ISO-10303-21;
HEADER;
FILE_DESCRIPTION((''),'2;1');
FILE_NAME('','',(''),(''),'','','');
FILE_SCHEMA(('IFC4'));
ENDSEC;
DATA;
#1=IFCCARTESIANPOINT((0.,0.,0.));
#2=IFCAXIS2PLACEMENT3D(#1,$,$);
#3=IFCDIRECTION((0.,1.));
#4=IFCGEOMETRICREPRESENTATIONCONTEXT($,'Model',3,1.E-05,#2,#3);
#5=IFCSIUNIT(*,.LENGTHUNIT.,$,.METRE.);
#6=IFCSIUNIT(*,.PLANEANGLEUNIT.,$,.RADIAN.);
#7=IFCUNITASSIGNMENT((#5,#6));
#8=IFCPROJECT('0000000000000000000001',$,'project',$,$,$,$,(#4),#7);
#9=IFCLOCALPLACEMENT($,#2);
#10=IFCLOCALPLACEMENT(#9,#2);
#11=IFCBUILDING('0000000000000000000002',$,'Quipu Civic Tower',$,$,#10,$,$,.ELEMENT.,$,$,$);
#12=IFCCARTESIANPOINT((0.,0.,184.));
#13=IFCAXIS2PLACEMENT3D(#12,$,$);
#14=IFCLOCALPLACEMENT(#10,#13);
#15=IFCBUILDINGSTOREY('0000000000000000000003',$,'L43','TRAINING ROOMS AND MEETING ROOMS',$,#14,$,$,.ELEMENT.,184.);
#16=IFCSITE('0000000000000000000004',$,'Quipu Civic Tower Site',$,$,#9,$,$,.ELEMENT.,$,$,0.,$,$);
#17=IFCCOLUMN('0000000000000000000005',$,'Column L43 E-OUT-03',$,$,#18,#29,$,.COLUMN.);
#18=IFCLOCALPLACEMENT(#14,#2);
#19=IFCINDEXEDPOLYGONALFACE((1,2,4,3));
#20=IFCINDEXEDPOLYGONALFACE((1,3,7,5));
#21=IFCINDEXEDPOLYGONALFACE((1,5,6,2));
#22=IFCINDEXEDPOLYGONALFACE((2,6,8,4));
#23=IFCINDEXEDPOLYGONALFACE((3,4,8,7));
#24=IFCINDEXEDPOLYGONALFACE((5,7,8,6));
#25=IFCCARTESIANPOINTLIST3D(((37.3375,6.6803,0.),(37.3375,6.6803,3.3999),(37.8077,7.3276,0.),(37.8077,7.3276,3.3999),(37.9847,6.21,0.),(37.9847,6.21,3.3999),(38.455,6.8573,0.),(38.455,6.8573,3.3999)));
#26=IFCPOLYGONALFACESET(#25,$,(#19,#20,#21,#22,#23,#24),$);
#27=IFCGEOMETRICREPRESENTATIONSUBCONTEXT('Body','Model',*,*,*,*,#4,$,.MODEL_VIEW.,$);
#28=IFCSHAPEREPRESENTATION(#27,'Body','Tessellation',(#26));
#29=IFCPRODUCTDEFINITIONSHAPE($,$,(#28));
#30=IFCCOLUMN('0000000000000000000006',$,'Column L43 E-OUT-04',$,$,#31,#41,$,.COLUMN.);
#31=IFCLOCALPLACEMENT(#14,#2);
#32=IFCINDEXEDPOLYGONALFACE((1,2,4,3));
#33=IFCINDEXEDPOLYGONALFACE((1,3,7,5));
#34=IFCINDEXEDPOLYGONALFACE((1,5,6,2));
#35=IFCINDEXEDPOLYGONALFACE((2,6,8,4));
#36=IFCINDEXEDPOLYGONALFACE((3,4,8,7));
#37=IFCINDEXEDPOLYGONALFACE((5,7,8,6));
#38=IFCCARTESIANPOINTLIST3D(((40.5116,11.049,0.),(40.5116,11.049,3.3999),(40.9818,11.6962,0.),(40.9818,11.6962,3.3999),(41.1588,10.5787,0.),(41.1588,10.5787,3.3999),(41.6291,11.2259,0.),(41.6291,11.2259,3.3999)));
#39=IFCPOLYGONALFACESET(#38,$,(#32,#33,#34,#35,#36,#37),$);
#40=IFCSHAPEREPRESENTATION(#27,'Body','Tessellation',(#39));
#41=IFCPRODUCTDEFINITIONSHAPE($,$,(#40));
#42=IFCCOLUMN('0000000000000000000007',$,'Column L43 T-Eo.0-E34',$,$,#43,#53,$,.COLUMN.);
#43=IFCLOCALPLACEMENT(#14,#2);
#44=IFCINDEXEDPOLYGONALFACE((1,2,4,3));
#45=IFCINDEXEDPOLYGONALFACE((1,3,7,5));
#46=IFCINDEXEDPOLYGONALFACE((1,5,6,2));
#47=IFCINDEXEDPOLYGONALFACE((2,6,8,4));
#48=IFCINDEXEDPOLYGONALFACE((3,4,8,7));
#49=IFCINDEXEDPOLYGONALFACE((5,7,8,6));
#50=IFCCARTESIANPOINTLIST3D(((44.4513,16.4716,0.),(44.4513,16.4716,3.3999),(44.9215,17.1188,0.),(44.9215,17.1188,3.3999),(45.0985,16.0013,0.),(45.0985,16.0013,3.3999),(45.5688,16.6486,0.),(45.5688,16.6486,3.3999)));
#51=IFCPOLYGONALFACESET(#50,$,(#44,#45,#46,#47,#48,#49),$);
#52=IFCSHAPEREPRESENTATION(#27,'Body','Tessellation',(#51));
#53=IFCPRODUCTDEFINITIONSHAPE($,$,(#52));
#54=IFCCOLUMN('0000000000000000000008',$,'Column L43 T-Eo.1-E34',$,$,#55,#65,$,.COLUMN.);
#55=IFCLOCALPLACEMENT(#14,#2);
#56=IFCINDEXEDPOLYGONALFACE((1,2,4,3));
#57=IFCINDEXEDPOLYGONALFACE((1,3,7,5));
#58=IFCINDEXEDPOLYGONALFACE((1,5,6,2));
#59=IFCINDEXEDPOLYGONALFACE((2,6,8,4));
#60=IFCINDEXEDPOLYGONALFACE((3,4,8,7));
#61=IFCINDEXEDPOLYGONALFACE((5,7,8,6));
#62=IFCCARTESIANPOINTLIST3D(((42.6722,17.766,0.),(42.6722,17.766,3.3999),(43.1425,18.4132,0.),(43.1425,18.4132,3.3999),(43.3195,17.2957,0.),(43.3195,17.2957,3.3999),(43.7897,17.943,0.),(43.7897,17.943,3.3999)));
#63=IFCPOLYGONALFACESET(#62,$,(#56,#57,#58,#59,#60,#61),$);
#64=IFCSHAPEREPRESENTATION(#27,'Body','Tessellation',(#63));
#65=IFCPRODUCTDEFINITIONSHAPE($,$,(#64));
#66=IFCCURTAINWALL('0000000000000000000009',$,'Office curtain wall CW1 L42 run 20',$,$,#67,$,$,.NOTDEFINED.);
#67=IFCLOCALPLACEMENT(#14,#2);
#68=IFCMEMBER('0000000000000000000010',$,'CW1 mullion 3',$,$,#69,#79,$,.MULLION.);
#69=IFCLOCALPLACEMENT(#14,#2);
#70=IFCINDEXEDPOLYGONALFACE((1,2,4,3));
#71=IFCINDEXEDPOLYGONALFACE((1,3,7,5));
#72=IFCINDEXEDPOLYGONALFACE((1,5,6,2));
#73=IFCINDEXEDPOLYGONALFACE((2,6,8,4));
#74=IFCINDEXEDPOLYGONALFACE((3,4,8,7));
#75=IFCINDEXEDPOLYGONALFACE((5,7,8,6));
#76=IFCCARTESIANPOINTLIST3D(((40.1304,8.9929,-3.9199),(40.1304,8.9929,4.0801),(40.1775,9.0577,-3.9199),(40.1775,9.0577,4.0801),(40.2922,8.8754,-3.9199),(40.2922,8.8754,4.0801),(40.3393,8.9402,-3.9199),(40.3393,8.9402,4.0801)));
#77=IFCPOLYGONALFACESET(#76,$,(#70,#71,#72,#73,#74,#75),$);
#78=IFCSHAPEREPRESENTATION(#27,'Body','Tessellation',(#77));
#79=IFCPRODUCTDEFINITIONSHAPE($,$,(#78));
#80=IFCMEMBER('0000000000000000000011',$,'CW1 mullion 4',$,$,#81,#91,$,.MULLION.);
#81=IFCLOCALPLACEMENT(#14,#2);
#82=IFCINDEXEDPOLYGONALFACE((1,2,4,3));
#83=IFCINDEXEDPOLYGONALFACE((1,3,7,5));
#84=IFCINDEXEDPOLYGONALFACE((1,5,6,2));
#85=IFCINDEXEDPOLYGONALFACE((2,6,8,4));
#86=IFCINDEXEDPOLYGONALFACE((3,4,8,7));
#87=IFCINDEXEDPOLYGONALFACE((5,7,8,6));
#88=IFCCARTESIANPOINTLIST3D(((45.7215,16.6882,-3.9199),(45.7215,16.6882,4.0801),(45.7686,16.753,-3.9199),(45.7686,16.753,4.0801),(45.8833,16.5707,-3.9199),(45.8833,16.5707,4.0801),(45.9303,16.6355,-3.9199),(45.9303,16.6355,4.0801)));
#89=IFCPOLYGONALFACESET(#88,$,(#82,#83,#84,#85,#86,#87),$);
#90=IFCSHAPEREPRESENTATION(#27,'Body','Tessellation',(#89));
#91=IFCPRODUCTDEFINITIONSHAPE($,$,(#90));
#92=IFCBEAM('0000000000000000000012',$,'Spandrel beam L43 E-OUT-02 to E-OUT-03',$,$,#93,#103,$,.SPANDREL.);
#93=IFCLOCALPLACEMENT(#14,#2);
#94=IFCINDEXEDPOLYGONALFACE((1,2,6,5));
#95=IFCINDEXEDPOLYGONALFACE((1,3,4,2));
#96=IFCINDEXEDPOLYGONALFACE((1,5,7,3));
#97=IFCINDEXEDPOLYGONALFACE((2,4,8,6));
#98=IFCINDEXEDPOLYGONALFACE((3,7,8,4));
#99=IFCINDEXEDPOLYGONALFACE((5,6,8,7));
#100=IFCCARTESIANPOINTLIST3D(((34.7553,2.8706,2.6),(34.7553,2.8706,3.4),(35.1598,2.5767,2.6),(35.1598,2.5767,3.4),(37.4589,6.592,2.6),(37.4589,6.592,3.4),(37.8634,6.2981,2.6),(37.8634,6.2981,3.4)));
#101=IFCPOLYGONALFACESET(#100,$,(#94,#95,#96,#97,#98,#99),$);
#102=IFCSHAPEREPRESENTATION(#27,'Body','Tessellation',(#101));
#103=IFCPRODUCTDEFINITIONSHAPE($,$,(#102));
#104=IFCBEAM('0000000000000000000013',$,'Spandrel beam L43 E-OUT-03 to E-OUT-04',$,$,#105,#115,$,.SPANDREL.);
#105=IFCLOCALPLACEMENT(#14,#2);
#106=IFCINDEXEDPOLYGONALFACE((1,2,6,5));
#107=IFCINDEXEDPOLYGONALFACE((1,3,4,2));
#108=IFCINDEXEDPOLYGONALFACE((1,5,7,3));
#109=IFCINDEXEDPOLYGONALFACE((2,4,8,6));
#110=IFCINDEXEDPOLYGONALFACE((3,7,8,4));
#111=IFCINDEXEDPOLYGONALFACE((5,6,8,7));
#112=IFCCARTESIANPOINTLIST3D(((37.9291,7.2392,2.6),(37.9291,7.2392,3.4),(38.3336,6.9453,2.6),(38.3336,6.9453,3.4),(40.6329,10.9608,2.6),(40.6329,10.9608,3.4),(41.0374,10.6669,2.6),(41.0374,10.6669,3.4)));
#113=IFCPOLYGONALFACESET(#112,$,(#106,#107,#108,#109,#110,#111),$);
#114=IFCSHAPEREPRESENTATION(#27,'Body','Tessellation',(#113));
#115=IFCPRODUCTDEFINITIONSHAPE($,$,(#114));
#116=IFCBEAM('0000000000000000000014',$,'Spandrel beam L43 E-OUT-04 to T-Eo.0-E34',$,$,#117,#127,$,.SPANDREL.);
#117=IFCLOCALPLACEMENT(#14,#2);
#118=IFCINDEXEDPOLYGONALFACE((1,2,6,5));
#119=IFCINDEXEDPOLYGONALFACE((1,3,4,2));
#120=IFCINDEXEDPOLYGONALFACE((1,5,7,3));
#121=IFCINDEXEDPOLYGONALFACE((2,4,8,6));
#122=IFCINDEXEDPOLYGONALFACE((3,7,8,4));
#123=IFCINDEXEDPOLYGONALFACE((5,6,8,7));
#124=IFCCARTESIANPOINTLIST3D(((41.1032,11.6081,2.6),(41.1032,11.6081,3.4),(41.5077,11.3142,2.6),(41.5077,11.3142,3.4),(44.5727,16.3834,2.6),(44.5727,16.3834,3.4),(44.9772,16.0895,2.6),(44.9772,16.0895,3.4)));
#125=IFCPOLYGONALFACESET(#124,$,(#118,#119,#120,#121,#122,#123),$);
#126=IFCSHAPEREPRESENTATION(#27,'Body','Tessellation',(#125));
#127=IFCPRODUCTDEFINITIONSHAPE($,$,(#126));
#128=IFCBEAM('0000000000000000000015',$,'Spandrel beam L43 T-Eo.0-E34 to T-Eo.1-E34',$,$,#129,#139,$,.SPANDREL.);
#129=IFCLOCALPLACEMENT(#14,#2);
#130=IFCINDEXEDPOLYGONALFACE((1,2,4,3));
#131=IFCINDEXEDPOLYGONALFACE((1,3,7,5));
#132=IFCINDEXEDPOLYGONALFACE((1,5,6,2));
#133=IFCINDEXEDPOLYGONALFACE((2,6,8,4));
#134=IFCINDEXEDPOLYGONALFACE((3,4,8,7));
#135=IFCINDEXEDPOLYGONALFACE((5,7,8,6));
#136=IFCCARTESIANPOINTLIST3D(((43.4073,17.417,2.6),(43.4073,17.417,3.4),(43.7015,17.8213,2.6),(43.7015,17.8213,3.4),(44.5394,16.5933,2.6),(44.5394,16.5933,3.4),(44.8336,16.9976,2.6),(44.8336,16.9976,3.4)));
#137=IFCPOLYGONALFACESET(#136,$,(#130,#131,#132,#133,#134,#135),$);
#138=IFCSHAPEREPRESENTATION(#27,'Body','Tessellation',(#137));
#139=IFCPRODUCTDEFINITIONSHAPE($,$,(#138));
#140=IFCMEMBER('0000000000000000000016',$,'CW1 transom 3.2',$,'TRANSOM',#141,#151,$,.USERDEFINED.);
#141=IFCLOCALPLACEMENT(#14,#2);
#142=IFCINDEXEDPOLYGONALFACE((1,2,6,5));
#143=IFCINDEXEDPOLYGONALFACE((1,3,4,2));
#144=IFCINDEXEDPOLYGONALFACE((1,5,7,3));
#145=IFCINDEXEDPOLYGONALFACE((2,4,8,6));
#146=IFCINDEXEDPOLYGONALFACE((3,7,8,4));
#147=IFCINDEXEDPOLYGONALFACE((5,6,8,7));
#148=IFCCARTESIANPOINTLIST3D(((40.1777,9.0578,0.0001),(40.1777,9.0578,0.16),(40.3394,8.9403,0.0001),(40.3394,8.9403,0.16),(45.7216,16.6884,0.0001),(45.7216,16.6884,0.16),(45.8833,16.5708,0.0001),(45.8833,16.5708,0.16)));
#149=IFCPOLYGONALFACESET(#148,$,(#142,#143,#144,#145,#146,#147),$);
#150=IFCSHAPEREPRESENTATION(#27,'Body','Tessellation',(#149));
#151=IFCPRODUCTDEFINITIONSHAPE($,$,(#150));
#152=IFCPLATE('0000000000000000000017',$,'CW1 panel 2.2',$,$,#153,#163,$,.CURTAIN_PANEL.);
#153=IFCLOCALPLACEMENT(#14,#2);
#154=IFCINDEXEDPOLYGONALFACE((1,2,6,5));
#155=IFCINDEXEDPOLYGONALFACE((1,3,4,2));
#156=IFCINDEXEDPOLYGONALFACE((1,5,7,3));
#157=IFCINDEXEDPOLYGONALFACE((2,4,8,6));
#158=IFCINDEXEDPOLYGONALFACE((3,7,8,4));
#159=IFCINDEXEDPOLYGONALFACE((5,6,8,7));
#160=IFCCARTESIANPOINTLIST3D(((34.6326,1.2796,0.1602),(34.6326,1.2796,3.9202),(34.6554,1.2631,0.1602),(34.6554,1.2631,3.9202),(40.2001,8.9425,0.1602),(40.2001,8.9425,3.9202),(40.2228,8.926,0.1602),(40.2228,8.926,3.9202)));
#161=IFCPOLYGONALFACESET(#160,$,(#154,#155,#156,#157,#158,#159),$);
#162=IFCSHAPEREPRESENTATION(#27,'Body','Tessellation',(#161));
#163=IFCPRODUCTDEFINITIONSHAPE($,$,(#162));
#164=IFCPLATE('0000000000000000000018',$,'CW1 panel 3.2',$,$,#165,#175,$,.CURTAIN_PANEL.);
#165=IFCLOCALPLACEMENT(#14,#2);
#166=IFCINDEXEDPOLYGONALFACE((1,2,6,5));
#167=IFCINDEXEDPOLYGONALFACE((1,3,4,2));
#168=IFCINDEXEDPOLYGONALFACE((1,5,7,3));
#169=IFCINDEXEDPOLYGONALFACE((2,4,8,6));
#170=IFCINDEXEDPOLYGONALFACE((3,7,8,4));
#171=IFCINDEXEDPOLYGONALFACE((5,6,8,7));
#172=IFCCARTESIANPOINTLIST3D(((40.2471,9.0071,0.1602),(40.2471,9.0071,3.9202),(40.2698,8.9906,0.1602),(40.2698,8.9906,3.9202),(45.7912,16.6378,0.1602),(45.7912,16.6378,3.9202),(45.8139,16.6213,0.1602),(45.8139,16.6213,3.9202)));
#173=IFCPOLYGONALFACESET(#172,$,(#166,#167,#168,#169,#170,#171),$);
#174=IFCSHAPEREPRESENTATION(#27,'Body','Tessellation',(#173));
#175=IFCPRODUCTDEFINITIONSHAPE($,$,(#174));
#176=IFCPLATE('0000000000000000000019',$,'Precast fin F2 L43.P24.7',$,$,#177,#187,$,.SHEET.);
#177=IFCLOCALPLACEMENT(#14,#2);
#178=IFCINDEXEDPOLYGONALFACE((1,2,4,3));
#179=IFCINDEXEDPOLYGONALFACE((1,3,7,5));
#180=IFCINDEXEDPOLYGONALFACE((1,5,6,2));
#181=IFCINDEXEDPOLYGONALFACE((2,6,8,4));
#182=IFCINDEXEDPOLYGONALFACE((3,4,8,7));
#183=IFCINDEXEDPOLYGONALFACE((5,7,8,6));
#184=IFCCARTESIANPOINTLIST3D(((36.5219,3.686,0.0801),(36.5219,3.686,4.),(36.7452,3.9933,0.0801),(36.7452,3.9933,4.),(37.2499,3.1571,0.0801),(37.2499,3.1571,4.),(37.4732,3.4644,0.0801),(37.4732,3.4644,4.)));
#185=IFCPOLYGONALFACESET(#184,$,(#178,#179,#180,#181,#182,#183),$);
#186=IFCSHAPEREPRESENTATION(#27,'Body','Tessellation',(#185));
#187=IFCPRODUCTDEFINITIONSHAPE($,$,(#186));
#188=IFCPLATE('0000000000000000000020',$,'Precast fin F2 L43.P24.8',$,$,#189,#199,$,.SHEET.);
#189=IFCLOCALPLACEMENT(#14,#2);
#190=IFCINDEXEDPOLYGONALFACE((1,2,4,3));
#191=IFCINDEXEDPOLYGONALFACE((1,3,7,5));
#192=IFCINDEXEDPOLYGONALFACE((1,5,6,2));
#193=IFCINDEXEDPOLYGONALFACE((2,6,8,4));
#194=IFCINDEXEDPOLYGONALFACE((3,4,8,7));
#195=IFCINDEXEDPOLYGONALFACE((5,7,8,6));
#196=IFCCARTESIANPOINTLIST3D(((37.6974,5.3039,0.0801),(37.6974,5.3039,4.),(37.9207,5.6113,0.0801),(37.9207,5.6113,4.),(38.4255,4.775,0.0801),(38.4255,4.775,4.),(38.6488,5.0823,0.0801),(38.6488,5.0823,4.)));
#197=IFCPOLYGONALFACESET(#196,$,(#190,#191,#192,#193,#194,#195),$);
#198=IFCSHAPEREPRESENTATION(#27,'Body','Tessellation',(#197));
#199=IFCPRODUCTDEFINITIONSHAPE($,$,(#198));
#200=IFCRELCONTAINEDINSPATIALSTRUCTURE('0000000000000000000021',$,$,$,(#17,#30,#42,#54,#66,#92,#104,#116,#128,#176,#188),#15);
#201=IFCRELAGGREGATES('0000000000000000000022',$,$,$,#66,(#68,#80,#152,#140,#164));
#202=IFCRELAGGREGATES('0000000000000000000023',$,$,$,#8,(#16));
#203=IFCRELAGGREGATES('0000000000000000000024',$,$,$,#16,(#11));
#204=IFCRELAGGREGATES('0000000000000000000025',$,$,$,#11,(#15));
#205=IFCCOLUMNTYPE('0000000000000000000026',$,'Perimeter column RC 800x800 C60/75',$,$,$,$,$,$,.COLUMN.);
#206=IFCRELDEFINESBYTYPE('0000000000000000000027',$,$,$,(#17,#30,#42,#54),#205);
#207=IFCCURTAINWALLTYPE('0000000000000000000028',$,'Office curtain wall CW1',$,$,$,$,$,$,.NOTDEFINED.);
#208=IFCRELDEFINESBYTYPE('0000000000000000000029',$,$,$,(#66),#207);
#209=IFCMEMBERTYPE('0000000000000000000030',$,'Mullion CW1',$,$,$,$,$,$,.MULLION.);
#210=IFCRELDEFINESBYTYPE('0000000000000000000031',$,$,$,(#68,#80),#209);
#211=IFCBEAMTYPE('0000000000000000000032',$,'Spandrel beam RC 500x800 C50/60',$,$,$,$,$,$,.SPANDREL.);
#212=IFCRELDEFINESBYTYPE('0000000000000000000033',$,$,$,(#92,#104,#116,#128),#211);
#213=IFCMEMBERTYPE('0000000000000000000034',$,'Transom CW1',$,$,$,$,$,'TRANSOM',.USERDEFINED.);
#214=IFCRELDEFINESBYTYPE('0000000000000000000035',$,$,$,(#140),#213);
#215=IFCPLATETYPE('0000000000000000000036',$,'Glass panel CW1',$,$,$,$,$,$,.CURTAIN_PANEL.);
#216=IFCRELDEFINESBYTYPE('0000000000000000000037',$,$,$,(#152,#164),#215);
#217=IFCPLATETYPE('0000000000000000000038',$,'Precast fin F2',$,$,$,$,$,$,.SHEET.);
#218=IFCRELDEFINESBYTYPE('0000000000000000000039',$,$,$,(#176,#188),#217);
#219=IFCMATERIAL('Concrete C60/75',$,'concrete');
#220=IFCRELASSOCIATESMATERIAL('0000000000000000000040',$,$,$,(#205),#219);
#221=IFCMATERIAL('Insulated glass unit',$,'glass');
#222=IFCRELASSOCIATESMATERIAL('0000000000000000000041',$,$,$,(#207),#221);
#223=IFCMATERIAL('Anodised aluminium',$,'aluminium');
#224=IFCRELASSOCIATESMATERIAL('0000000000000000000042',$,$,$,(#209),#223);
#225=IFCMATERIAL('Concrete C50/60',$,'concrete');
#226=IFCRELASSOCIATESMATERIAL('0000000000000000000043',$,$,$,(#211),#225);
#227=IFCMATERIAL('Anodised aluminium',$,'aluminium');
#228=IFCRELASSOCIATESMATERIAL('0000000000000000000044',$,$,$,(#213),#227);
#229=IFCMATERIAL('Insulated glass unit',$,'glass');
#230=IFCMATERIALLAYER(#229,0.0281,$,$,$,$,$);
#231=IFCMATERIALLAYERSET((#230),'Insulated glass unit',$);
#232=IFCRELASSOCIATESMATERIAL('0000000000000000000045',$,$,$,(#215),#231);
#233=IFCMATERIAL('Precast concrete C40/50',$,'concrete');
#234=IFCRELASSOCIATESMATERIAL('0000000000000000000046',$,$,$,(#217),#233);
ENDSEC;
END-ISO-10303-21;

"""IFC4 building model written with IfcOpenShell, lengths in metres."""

from ifc_helpers import new_model, si_unit, direction, frame, origin, origin_2d, place, context, subcontext, project, spatial, rectangle, extrude, material, layer, layer_set, material_profile, profile_set, type_object, element, aggregate, save


model = new_model("IFC4")

# Units and contexts
model_context = context("Model", 3, precision=1e-05, world=origin(), true_north=direction((0.0, 1.0)))
body_context = subcontext(model_context, "Body", "Model", "MODEL_VIEW")
ifc_project = project(units=[si_unit("LENGTHUNIT", "METRE"), si_unit("PLANEANGLEUNIT", "RADIAN")], contexts=[model_context])

# Site, building, storey
site_placement = place(None, origin())
site = spatial("IfcSite", under=ifc_project, at=site_placement, Name="Quipu Civic Tower Site", CompositionType="ELEMENT", RefElevation=0.0)
building_placement = place(site_placement, origin())
building = spatial("IfcBuilding", under=site, at=building_placement, Name="Quipu Civic Tower", CompositionType="ELEMENT")
storey_placement = place(building_placement, frame((0.0, 0.0, 184.0)))
storey = spatial("IfcBuildingStorey", under=building, at=storey_placement, Name="L43", Description="TRAINING ROOMS AND MEETING ROOMS", CompositionType="ELEMENT", Elevation=184.0)

# Columns
ifc_material_1 = material(Name="Concrete C60/75", Category="concrete")
ifc_material_profile_1 = material_profile(ifc_material_1, rectangle(XDim=0.8, YDim=0.8, at=origin_2d()), Name="RC800x800")
ifc_profile_set_1 = profile_set([ifc_material_profile_1], Name="Concrete C60/75")
column_type = type_object("IfcColumnType", Name="Perimeter column RC 800x800 C60/75", PredefinedType="COLUMN", material=ifc_profile_set_1)
for number, where, z_axis, x_axis, name in (
    (1, (37.8962, 6.7688, 0.0), (0.0, 0.0, 1.0), (0.587785, 0.809017, 0.0), "Column L43 E-OUT-03"),
    (2, (41.0703, 11.1375, 0.0), (0.0, 0.0, 1.0), (0.587785, 0.809017, 0.0), "Column L43 E-OUT-04"),
    (3, (45.01, 16.5601, 0.0), (0.0, 0.0, 1.0), (0.587785, 0.809017, 0.0), "Column L43 T-Eo.0-E34"),
    (4, (43.231, 17.8545, 0.0), (0.0, 0.0, 1.0), (0.587785, 0.809017, 0.0), "Column L43 T-Eo.1-E34"),
):
    element("IfcColumn", number, at=place(storey_placement, frame(where, z_axis=z_axis, x_axis=x_axis)), inside=storey, type_object=column_type, Name=name, PredefinedType="COLUMN", context=body_context, shape_type="SweptSolid", body=[
        extrude(rectangle(XDim=0.8, YDim=0.8, at=origin_2d()), origin(), (0.0, 0.0, 1.0), 3.3999),
    ])

# Curtain wall, members
ifc_material_2 = material(Name="Insulated glass unit", Category="glass")
curtain_wall_type = type_object("IfcCurtainWallType", Name="Office curtain wall CW1", PredefinedType="NOTDEFINED", material=ifc_material_2)
curtain_wall_placement = place(storey_placement, origin())
curtain_wall = element("IfcCurtainWall", 5, at=curtain_wall_placement, inside=storey, type_object=curtain_wall_type, Name="Office curtain wall CW1 L42 run 20", PredefinedType="NOTDEFINED")
ifc_material_3 = material(Name="Anodised aluminium", Category="aluminium")
ifc_material_profile_2 = material_profile(ifc_material_3, rectangle(XDim=0.2, YDim=0.0801, at=origin_2d()), Name="RECT 200x80")
ifc_profile_set_2 = profile_set([ifc_material_profile_2], Name="Anodised aluminium")
member_type_1 = type_object("IfcMemberType", Name="Mullion CW1", PredefinedType="MULLION", material=ifc_profile_set_2)
member_1_placement = place(storey_placement, frame((40.2349, 8.9666, -3.9199), z_axis=(0.0, 0.0, 1.0), x_axis=(-0.809017, 0.587786, 0.0)))
member_1 = element("IfcMember", 6, at=member_1_placement, type_object=member_type_1, Name="CW1 mullion 3", PredefinedType="MULLION", context=body_context, shape_type="SweptSolid", body=[
    extrude(rectangle(XDim=0.2, YDim=0.0801, at=origin_2d()), origin(), (0.0, 0.0, 1.0), 8.0),
])
member_2_placement = place(storey_placement, frame((45.8259, 16.6619, -3.9199), z_axis=(0.0, 0.0, 1.0), x_axis=(-0.809017, 0.587786, 0.0)))
member_2 = element("IfcMember", 7, at=member_2_placement, type_object=member_type_1, Name="CW1 mullion 4", PredefinedType="MULLION", context=body_context, shape_type="SweptSolid", body=[
    extrude(rectangle(XDim=0.2, YDim=0.0801, at=origin_2d()), origin(), (0.0, 0.0, 1.0), 8.0),
])

# Beams
ifc_material_4 = material(Name="Concrete C50/60", Category="concrete")
ifc_material_profile_3 = material_profile(ifc_material_4, rectangle(XDim=0.5, YDim=0.8, at=origin_2d()), Name="RC500x800")
ifc_profile_set_3 = profile_set([ifc_material_profile_3], Name="Concrete C50/60")
beam_type = type_object("IfcBeamType", Name="Spandrel beam RC 500x800 C50/60", PredefinedType="SPANDREL", material=ifc_profile_set_3)
beam_1_placement = place(storey_placement, frame((34.9575, 2.7236, 3.0), z_axis=(0.587761, 0.809034, 0.0), x_axis=(-0.809034, 0.587761, 0.0)))
element("IfcBeam", 8, at=beam_1_placement, inside=storey, type_object=beam_type, Name="Spandrel beam L43 E-OUT-02 to E-OUT-03", PredefinedType="SPANDREL", context=body_context, shape_type="SweptSolid", body=[
    extrude(rectangle(XDim=0.5, YDim=0.8, at=origin_2d()), origin(), (0.0, 0.0, 1.0), 4.5999),
])
beam_2_placement = place(storey_placement, frame((38.1313, 7.0923, 3.0), z_axis=(0.587771, 0.809027, 0.0), x_axis=(-0.809027, 0.587771, 0.0)))
element("IfcBeam", 9, at=beam_2_placement, inside=storey, type_object=beam_type, Name="Spandrel beam L43 E-OUT-03 to E-OUT-04", PredefinedType="SPANDREL", context=body_context, shape_type="SweptSolid", body=[
    extrude(rectangle(XDim=0.5, YDim=0.8, at=origin_2d()), origin(), (0.0, 0.0, 1.0), 4.6001),
])
beam_3_placement = place(storey_placement, frame((41.3054, 11.4612, 3.0), z_axis=(0.5878, 0.809006, 0.0), x_axis=(-0.809006, 0.5878, 0.0)))
element("IfcBeam", 10, at=beam_3_placement, inside=storey, type_object=beam_type, Name="Spandrel beam L43 E-OUT-04 to T-Eo.0-E34", PredefinedType="SPANDREL", context=body_context, shape_type="SweptSolid", body=[
    extrude(rectangle(XDim=0.5, YDim=0.8, at=origin_2d()), origin(), (0.0, 0.0, 1.0), 5.9026),
])
beam_4_placement = place(storey_placement, frame((44.6865, 16.7954, 3.0), z_axis=(-0.8086, 0.588358, 0.0), x_axis=(-0.588358, -0.8086, 0.0)))
element("IfcBeam", 11, at=beam_4_placement, inside=storey, type_object=beam_type, Name="Spandrel beam L43 T-Eo.0-E34 to T-Eo.1-E34", PredefinedType="SPANDREL", context=body_context, shape_type="SweptSolid", body=[
    extrude(rectangle(XDim=0.5, YDim=0.8, at=origin_2d()), origin(), (0.0, 0.0, 1.0), 1.4001),
])

# Member
ifc_material_5 = material(Name="Anodised aluminium", Category="aluminium")
ifc_material_profile_4 = material_profile(ifc_material_5, rectangle(XDim=0.2, YDim=0.1599, at=origin_2d()), Name="RECT 200x160")
ifc_profile_set_4 = profile_set([ifc_material_profile_4], Name="Anodised aluminium")
member_type_2 = type_object("IfcMemberType", Name="Transom CW1", ElementType="TRANSOM", PredefinedType="USERDEFINED", material=ifc_profile_set_4)
member_3_placement = place(storey_placement, frame((40.2585, 8.999, 0.0801), z_axis=(0.587784, 0.809018, 0.0), x_axis=(-0.809018, 0.587784, 0.0)))
member_3 = element("IfcMember", 12, at=member_3_placement, type_object=member_type_2, Name="CW1 transom 3.2", ObjectType="TRANSOM", PredefinedType="USERDEFINED", context=body_context, shape_type="SweptSolid", body=[
    extrude(rectangle(XDim=0.2, YDim=0.1599, at=origin_2d()), origin(), (0.0, 0.0, 1.0), 9.4319),
])

# Plates
ifc_material_6 = material(Name="Insulated glass unit", Category="glass")
ifc_layer_1 = layer(ifc_material_6, 0.0281)
ifc_layer_set_1 = layer_set([ifc_layer_1], Name="Insulated glass unit")
plate_type_1 = type_object("IfcPlateType", Name="Glass panel CW1", PredefinedType="CURTAIN_PANEL", material=ifc_layer_set_1)
plate_1_placement = place(storey_placement, frame((37.4277, 5.1028, 0.1602), z_axis=(0.0, 0.0, 1.0), x_axis=(0.587786, 0.809017, 0.0)))
plate_1 = element("IfcPlate", 13, at=plate_1_placement, type_object=plate_type_1, Name="CW1 panel 2.2", PredefinedType="CURTAIN_PANEL", context=body_context, shape_type="SweptSolid", body=[
    extrude(rectangle(XDim=9.4719, YDim=0.0281, at=origin_2d()), origin(), (0.0, 0.0, 1.0), 3.76),
])
plate_2_placement = place(storey_placement, frame((43.0305, 12.8142, 0.1602), z_axis=(0.0, 0.0, 1.0), x_axis=(0.587786, 0.809017, 0.0)))
plate_2 = element("IfcPlate", 14, at=plate_2_placement, type_object=plate_type_1, Name="CW1 panel 3.2", PredefinedType="CURTAIN_PANEL", context=body_context, shape_type="SweptSolid", body=[
    extrude(rectangle(XDim=9.4321, YDim=0.0281, at=origin_2d()), origin(), (0.0, 0.0, 1.0), 3.76),
])
aggregate(curtain_wall, [member_1, member_2, plate_1, member_3, plate_2])

# Plates
ifc_material_7 = material(Name="Precast concrete C40/50", Category="concrete")
plate_type_2 = type_object("IfcPlateType", Name="Precast fin F2", PredefinedType="SHEET", material=ifc_material_7)
for number, where, z_axis, x_axis, name in (
    (15, (36.9976, 3.5752, 0.0801), (0.0, 0.0, 1.0), (0.587786, 0.809017, 0.0), "Precast fin F2 L43.P24.7"),
    (16, (38.1731, 5.1931, 0.0801), (0.0, 0.0, 1.0), (0.587786, 0.809017, 0.0), "Precast fin F2 L43.P24.8"),
):
    element("IfcPlate", number, at=place(storey_placement, frame(where, z_axis=z_axis, x_axis=x_axis)), inside=storey, type_object=plate_type_2, Name=name, PredefinedType="SHEET", context=body_context, shape_type="SweptSolid", body=[
        extrude(rectangle(XDim=0.3799, YDim=0.8999, at=origin_2d()), origin(), (0.0, 0.0, 1.0), 3.9199),
    ])

save(model, "model.ifc")
